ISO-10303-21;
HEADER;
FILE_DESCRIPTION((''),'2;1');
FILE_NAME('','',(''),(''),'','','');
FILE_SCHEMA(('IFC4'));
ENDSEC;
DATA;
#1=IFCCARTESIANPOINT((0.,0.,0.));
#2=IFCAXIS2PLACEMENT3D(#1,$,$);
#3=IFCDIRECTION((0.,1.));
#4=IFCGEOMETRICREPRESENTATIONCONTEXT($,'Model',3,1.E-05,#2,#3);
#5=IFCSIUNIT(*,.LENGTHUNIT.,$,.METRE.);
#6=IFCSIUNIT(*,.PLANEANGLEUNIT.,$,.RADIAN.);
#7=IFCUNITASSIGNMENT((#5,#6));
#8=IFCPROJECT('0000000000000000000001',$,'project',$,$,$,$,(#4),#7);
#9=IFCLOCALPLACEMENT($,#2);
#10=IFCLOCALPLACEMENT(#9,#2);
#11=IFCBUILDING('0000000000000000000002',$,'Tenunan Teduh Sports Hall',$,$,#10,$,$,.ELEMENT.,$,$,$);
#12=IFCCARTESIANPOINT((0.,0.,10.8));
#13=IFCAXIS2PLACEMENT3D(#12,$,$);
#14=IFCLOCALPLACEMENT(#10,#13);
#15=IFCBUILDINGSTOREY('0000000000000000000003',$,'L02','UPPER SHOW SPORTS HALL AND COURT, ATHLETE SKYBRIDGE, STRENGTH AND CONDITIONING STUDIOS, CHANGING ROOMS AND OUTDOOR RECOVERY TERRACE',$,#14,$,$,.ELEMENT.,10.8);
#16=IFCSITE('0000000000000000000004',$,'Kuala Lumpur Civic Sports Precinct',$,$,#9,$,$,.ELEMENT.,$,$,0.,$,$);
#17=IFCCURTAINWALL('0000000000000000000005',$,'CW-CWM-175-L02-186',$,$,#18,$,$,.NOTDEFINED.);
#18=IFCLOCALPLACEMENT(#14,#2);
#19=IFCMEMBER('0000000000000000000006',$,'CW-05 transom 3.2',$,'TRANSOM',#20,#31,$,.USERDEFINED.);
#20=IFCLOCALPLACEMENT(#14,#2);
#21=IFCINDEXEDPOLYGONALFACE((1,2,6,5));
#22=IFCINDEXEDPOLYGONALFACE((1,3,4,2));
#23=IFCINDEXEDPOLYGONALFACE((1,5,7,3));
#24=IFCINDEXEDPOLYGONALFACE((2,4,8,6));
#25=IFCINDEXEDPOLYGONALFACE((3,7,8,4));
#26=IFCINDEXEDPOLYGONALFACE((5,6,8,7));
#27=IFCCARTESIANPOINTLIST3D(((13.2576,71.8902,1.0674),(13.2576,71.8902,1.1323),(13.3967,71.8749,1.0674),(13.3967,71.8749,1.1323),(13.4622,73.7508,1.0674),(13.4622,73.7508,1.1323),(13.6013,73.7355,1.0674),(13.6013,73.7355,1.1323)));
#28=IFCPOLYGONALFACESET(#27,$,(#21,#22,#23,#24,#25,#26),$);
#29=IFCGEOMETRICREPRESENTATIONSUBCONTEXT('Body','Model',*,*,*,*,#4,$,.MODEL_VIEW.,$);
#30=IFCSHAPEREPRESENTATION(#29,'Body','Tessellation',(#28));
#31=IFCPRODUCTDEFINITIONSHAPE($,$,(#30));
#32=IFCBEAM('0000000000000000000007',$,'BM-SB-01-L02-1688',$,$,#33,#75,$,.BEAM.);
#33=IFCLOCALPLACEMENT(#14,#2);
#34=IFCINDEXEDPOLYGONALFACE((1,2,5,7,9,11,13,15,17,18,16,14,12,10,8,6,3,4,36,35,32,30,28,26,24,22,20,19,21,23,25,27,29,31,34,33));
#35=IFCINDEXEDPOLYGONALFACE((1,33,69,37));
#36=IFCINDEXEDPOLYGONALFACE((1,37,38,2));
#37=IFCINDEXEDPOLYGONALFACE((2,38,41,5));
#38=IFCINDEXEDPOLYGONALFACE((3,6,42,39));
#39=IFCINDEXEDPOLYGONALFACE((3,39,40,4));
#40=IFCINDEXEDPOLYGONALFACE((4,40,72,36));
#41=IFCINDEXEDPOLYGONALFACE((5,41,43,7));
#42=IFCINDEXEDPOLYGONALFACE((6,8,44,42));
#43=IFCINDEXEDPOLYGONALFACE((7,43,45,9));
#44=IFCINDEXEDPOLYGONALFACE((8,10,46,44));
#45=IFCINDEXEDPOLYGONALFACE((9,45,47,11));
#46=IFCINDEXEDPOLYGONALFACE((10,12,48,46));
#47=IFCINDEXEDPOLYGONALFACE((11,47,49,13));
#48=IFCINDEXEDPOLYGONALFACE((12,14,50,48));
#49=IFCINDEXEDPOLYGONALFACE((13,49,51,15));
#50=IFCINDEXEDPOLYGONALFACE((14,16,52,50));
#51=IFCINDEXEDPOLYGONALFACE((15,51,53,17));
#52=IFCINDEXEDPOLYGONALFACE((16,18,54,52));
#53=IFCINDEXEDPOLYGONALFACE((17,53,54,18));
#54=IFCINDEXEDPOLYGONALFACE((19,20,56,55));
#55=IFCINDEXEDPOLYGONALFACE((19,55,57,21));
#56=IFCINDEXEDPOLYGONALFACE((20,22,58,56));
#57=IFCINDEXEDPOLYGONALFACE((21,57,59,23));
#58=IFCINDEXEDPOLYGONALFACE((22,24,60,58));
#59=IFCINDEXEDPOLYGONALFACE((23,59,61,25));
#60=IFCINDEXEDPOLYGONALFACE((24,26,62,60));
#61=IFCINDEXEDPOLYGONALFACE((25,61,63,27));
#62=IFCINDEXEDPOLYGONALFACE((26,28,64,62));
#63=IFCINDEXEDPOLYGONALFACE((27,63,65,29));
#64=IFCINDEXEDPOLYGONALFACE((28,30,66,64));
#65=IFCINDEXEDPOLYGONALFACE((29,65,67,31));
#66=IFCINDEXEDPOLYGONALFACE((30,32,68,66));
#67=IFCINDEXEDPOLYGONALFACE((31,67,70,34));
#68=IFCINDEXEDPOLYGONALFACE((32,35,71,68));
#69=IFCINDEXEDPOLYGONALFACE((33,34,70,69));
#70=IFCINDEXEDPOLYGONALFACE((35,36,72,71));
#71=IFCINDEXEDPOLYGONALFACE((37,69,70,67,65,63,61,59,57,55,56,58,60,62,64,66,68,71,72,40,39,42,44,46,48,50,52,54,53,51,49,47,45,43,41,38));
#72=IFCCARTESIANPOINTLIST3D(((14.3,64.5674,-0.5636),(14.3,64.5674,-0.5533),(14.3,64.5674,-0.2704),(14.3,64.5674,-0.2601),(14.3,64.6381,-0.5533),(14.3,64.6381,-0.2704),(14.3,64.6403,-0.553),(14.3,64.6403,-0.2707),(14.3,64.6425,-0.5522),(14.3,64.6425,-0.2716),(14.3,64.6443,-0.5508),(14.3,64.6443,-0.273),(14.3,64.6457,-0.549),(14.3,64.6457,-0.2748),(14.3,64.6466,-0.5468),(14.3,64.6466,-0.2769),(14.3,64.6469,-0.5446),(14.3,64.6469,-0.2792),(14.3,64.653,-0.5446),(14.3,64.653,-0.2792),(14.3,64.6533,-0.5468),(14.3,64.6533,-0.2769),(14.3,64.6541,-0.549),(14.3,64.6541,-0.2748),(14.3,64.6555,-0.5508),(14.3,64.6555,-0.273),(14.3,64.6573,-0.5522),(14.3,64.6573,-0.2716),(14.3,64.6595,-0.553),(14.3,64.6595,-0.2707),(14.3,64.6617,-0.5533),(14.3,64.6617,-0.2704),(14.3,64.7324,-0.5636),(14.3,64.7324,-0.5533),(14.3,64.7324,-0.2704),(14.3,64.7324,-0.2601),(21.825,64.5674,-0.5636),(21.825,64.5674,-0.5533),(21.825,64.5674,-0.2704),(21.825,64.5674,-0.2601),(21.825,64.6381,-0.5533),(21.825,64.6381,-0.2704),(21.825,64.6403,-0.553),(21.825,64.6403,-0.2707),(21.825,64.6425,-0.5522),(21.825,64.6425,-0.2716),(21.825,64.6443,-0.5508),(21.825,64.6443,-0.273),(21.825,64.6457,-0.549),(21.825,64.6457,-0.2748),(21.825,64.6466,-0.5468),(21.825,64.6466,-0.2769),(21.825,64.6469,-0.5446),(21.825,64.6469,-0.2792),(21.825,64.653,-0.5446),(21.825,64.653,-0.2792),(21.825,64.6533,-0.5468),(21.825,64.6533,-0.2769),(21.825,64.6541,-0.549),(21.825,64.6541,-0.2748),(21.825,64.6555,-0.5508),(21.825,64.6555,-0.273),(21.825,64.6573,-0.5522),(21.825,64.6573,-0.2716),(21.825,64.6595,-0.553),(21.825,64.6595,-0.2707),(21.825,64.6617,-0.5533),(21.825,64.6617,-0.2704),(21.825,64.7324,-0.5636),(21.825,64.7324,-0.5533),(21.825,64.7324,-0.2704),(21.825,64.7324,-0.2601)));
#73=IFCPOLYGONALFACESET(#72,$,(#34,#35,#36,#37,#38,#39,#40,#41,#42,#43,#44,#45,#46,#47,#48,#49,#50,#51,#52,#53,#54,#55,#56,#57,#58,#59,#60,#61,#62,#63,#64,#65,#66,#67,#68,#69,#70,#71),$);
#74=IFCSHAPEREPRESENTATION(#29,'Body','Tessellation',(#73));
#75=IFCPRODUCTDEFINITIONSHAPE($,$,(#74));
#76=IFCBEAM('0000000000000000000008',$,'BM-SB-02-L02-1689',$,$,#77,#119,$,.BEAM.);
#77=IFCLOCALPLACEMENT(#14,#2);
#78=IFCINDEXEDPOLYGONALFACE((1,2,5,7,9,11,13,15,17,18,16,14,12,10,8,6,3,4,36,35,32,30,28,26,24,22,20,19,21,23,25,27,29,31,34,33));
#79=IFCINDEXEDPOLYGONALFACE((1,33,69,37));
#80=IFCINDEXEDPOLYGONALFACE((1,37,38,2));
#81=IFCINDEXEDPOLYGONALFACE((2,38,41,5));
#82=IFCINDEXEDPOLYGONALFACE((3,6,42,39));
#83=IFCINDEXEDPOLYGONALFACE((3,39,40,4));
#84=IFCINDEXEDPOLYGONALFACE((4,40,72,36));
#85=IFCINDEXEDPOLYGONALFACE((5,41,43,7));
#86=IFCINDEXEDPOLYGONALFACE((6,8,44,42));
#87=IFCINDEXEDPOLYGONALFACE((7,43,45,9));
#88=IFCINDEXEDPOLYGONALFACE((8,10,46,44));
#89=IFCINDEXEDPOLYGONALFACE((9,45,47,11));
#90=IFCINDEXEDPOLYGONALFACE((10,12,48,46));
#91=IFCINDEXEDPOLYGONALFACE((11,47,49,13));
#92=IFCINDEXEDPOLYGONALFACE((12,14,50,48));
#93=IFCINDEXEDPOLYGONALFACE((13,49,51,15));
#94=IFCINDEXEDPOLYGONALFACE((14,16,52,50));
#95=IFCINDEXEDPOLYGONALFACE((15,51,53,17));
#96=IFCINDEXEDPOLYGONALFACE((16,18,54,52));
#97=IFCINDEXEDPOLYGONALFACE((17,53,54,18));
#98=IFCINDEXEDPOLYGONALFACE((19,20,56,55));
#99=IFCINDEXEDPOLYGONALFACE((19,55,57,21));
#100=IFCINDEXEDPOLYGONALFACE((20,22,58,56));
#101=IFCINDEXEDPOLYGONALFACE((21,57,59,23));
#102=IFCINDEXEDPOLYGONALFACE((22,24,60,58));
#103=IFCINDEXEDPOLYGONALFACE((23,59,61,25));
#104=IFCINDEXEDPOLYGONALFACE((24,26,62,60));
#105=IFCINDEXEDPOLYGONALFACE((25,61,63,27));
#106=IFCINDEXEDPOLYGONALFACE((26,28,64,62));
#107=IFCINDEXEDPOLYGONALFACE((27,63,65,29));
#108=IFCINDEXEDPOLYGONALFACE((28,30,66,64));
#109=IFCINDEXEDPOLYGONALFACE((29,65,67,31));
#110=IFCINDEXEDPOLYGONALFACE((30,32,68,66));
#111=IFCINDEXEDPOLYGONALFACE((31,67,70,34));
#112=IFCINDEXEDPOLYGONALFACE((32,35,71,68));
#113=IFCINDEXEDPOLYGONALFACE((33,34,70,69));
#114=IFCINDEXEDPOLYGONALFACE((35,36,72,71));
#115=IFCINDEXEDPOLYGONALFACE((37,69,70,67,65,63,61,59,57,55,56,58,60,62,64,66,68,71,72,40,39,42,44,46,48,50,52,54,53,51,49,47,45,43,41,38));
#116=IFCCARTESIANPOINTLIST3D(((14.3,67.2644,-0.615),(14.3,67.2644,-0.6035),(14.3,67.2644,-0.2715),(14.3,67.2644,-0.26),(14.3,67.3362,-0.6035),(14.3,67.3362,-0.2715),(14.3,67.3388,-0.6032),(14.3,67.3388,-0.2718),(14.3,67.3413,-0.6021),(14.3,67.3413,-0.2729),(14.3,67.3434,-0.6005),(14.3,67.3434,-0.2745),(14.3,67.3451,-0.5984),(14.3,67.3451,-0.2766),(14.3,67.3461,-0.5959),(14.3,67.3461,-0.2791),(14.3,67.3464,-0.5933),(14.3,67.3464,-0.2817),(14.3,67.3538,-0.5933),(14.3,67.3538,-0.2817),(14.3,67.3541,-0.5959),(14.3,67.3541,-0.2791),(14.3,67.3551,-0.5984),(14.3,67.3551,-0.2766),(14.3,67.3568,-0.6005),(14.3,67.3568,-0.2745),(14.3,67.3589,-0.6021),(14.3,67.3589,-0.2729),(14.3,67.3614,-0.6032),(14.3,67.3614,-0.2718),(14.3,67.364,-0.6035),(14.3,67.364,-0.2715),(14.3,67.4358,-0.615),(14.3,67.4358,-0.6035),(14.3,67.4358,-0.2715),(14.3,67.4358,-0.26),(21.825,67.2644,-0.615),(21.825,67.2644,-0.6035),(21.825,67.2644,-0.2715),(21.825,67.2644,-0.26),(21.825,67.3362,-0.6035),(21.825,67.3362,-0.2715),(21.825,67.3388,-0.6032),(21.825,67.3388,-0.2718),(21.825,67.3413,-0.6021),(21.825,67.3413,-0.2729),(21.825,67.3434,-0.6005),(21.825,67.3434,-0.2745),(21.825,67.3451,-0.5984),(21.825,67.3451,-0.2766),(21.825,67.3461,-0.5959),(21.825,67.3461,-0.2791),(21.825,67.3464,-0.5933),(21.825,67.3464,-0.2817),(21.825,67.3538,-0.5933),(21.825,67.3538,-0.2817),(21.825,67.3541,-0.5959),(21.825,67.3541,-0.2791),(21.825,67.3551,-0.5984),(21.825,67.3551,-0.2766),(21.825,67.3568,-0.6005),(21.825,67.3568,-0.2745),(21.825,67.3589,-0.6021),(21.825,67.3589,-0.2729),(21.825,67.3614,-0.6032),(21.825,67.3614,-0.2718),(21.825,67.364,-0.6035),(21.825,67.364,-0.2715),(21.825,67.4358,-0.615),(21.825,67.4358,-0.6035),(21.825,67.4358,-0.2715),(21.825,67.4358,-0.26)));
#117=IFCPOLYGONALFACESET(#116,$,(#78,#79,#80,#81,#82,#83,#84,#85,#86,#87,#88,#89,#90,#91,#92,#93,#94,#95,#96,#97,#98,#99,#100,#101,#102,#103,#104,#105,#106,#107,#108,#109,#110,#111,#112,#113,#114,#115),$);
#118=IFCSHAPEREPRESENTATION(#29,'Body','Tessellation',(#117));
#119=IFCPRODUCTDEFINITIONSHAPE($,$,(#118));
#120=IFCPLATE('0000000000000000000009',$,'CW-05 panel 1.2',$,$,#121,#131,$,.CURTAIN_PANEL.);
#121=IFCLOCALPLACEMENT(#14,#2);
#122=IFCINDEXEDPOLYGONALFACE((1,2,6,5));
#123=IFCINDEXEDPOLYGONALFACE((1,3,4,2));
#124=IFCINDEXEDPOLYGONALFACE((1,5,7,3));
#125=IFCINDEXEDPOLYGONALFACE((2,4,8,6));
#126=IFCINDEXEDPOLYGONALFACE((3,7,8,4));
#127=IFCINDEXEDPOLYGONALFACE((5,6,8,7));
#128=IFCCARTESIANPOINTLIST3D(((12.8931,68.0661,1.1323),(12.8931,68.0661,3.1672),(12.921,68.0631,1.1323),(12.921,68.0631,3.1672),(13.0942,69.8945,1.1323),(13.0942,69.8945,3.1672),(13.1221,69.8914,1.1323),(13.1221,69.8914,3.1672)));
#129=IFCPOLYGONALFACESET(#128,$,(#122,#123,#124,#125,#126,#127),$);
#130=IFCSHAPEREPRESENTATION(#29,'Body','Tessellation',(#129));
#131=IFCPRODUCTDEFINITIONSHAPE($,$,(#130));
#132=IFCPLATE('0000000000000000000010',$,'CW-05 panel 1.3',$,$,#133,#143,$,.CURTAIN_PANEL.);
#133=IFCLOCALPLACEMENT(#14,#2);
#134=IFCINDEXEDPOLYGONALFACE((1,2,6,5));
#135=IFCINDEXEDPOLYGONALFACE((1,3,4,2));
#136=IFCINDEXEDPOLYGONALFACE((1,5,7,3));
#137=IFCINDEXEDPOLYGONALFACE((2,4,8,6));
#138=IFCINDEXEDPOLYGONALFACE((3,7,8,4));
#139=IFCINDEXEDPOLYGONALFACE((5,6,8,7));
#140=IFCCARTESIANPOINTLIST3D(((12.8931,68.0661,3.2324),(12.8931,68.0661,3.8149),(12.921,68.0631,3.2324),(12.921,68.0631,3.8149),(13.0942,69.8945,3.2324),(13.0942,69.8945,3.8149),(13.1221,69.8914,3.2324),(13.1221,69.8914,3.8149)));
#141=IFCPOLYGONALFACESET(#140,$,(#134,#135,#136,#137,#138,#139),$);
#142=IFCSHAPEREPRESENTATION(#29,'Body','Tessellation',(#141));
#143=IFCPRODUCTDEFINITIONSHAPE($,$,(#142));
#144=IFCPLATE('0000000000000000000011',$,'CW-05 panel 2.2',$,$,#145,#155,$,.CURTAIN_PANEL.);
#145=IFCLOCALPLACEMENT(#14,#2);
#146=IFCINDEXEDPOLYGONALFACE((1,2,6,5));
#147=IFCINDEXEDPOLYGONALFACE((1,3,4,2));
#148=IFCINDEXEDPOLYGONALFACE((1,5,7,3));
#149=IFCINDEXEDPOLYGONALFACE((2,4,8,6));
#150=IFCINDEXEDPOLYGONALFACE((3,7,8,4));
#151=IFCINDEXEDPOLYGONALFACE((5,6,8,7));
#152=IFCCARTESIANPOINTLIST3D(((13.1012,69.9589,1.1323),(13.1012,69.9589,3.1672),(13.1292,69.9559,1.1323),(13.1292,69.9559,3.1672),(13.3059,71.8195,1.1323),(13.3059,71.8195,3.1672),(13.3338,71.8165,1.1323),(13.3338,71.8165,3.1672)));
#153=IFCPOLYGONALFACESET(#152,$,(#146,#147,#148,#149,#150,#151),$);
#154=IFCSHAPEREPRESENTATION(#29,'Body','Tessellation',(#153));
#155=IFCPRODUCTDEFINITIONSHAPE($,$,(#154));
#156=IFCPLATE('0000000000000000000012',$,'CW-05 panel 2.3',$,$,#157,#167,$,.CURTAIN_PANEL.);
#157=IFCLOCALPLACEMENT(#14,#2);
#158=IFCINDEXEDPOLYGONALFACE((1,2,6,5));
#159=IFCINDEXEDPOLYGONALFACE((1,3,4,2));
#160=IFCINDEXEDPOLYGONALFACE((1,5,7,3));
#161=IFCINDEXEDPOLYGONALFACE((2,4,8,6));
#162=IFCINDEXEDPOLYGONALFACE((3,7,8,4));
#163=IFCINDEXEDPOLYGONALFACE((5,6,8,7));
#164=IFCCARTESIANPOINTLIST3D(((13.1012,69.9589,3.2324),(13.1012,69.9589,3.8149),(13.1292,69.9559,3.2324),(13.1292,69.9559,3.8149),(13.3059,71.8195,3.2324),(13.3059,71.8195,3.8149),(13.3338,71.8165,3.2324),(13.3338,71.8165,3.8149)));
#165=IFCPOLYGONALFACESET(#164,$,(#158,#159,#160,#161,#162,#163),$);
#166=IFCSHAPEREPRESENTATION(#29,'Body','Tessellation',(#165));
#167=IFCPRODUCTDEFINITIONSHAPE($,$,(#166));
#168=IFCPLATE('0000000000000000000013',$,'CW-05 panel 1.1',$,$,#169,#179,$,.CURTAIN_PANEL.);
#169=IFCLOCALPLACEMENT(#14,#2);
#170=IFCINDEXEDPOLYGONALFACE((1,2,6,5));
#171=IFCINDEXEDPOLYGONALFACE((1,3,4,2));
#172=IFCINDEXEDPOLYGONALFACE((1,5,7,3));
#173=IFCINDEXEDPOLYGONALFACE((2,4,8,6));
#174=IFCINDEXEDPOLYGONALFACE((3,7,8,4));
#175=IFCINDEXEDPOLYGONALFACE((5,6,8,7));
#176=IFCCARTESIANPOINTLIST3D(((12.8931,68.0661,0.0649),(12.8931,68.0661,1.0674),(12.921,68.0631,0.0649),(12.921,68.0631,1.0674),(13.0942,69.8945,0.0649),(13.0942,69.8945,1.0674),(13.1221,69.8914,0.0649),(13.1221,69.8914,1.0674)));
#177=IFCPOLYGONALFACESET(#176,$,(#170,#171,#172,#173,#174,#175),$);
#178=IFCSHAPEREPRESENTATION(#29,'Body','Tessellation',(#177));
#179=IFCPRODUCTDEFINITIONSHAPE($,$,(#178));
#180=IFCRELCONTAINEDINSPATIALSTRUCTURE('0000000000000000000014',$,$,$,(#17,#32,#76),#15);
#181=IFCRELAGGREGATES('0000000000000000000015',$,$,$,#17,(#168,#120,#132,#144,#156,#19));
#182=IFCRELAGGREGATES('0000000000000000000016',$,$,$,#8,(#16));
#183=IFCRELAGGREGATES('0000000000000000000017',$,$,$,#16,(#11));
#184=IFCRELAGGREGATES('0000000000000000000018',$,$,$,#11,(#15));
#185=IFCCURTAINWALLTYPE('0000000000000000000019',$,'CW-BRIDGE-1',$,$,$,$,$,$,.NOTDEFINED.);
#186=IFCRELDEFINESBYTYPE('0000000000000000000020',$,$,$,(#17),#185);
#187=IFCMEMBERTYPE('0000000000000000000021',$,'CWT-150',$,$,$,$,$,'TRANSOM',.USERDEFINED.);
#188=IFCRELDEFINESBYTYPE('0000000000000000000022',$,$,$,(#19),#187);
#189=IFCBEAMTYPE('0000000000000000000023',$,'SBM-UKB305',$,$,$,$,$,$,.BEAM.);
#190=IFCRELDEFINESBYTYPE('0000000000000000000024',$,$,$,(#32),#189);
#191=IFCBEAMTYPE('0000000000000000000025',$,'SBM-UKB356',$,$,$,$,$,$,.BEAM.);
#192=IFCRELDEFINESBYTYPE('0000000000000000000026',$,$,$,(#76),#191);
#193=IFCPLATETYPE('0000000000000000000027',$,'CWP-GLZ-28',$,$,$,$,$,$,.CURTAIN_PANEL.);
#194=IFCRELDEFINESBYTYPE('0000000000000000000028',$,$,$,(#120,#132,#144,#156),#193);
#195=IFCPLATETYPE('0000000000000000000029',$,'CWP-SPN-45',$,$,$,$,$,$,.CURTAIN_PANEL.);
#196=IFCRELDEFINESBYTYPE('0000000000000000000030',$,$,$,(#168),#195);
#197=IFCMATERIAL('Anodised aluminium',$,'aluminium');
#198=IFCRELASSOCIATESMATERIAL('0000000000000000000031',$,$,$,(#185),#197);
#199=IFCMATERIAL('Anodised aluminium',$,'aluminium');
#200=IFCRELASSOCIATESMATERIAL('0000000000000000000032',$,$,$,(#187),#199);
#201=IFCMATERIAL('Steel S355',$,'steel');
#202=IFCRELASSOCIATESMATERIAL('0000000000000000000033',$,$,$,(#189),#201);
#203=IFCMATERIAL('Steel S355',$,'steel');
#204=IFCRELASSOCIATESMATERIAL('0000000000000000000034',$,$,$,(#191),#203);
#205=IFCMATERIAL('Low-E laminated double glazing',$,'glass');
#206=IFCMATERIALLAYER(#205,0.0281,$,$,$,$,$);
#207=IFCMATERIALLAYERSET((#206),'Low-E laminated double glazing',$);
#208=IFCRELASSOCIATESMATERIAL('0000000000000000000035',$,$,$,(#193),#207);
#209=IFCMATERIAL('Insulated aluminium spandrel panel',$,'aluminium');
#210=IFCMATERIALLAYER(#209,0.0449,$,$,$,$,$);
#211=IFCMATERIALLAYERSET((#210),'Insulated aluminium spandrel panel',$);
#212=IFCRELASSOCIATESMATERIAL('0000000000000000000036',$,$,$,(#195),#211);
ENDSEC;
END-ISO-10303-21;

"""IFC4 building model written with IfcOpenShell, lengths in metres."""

from ifc_helpers import new_model, si_unit, direction, frame, origin, origin_2d, place, context, subcontext, project, spatial, rectangle, i_section, extrude, material, layer, layer_set, material_profile, profile_set, type_object, element, aggregate, save


model = new_model("IFC4")

# Units and contexts
model_context = context("Model", 3, precision=1e-05, world=origin(), true_north=direction((0.0, 1.0)))
body_context = subcontext(model_context, "Body", "Model", "MODEL_VIEW")
ifc_project = project(units=[si_unit("LENGTHUNIT", "METRE"), si_unit("PLANEANGLEUNIT", "RADIAN")], contexts=[model_context])

# Site, building, storey
site_placement = place(None, origin())
site = spatial("IfcSite", under=ifc_project, at=site_placement, Name="Kuala Lumpur Civic Sports Precinct", CompositionType="ELEMENT", RefElevation=0.0)
building_placement = place(site_placement, origin())
building = spatial("IfcBuilding", under=site, at=building_placement, Name="Tenunan Teduh Sports Hall", CompositionType="ELEMENT")
storey_placement = place(building_placement, frame((0.0, 0.0, 10.8)))
storey = spatial("IfcBuildingStorey", under=building, at=storey_placement, Name="L02", Description="UPPER SHOW SPORTS HALL AND COURT, ATHLETE SKYBRIDGE, STRENGTH AND CONDITIONING STUDIOS, CHANGING ROOMS AND OUTDOOR RECOVERY TERRACE", CompositionType="ELEMENT", Elevation=10.8)

# Curtain wall, member
ifc_material_1 = material(Name="Anodised aluminium", Category="aluminium")
curtain_wall_type = type_object("IfcCurtainWallType", Name="CW-BRIDGE-1", PredefinedType="NOTDEFINED", material=ifc_material_1)
curtain_wall_placement = place(storey_placement, origin())
curtain_wall = element("IfcCurtainWall", 1, at=curtain_wall_placement, inside=storey, type_object=curtain_wall_type, Name="CW-CWM-175-L02-186", PredefinedType="NOTDEFINED")
ifc_material_2 = material(Name="Anodised aluminium", Category="aluminium")
ifc_material_profile_1 = material_profile(ifc_material_2, rectangle(XDim=0.0649, YDim=0.1399, at=origin_2d()), Name="CWT 65x140")
ifc_profile_set_1 = profile_set([ifc_material_profile_1], Name="Anodised aluminium")
member_type_1 = type_object("IfcMemberType", Name="CWT-150", ElementType="TRANSOM", PredefinedType="USERDEFINED", material=ifc_profile_set_1)
member_1_placement = place(storey_placement, frame((13.3271, 71.8826, 1.0999), z_axis=(0.109301, 0.994009, 0.0), x_axis=(0.0, 0.0, 1.0)))
member_1 = element("IfcMember", 2, at=member_1_placement, type_object=member_type_1, Name="CW-05 transom 3.2", ObjectType="TRANSOM", PredefinedType="USERDEFINED", context=body_context, shape_type="SweptSolid", body=[
    extrude(rectangle(XDim=0.0649, YDim=0.1399, at=origin_2d()), origin(), (0.0, 0.0, 1.0), 1.8718),
])

# Beams
ifc_material_3 = material(Name="Steel S355", Category="steel")
ifc_material_profile_2 = material_profile(ifc_material_3, i_section(OverallWidth=0.165, OverallDepth=0.3035, WebThickness=0.0061, FlangeThickness=0.0103, FilletRadius=0.0088, at=origin_2d()), Name="UKB 305x165x40")
ifc_profile_set_2 = profile_set([ifc_material_profile_2], Name="Steel S355")
beam_type_1 = type_object("IfcBeamType", Name="SBM-UKB305", PredefinedType="BEAM", material=ifc_profile_set_2)
beam_1_placement = place(storey_placement, frame((14.3, 64.6499, -0.4119), z_axis=(1.0, 0.0, 0.0), x_axis=(0.0, 1.0, 0.0)))
element("IfcBeam", 3, at=beam_1_placement, inside=storey, type_object=beam_type_1, Name="BM-SB-01-L02-1688", PredefinedType="BEAM", context=body_context, shape_type="SweptSolid", body=[
    extrude(i_section(OverallWidth=0.165, OverallDepth=0.3035, WebThickness=0.0061, FlangeThickness=0.0103, FilletRadius=0.0088, at=origin_2d()), origin(), (0.0, 0.0, 1.0), 7.5249),
])
ifc_material_4 = material(Name="Steel S355", Category="steel")
ifc_material_profile_3 = material_profile(ifc_material_4, i_section(OverallWidth=0.1714, OverallDepth=0.355, WebThickness=0.0073, FlangeThickness=0.0115, FilletRadius=0.0103, at=origin_2d()), Name="UKB 356x171x51")
ifc_profile_set_3 = profile_set([ifc_material_profile_3], Name="Steel S355")
beam_type_2 = type_object("IfcBeamType", Name="SBM-UKB356", PredefinedType="BEAM", material=ifc_profile_set_3)
beam_2_placement = place(storey_placement, frame((14.3, 67.3501, -0.4375), z_axis=(1.0, 0.0, 0.0), x_axis=(0.0, 1.0, 0.0)))
element("IfcBeam", 4, at=beam_2_placement, inside=storey, type_object=beam_type_2, Name="BM-SB-02-L02-1689", PredefinedType="BEAM", context=body_context, shape_type="SweptSolid", body=[
    extrude(i_section(OverallWidth=0.1714, OverallDepth=0.355, WebThickness=0.0073, FlangeThickness=0.0115, FilletRadius=0.0103, at=origin_2d()), origin(), (0.0, 0.0, 1.0), 7.5249),
])

# Plates
ifc_material_5 = material(Name="Low-E laminated double glazing", Category="glass")
ifc_layer_1 = layer(ifc_material_5, 0.0281)
ifc_layer_set_1 = layer_set([ifc_layer_1], Name="Low-E laminated double glazing")
plate_type_1 = type_object("IfcPlateType", Name="CWP-GLZ-28", PredefinedType="CURTAIN_PANEL", material=ifc_layer_set_1)
plate_1_placement = place(storey_placement, frame((13.0076, 68.9788, 1.1323), z_axis=(0.0, 0.0, 1.0), x_axis=(0.109338, 0.994005, 0.0)))
plate_1 = element("IfcPlate", 5, at=plate_1_placement, type_object=plate_type_1, Name="CW-05 panel 1.2", PredefinedType="CURTAIN_PANEL", context=body_context, shape_type="SweptSolid", body=[
    extrude(rectangle(XDim=1.8394, YDim=0.0281, at=origin_2d()), origin(), (0.0, 0.0, 1.0), 2.0349),
])
plate_2_placement = place(storey_placement, frame((13.0076, 68.9788, 3.2324), z_axis=(0.0, 0.0, 1.0), x_axis=(0.109338, 0.994005, 0.0)))
plate_2 = element("IfcPlate", 6, at=plate_2_placement, type_object=plate_type_1, Name="CW-05 panel 1.3", PredefinedType="CURTAIN_PANEL", context=body_context, shape_type="SweptSolid", body=[
    extrude(rectangle(XDim=1.8394, YDim=0.0281, at=origin_2d()), origin(), (0.0, 0.0, 1.0), 0.5825),
])
plate_3_placement = place(storey_placement, frame((13.2175, 70.8877, 1.1323), z_axis=(0.0, 0.0, 1.0), x_axis=(0.109338, 0.994005, 0.0)))
plate_3 = element("IfcPlate", 7, at=plate_3_placement, type_object=plate_type_1, Name="CW-05 panel 2.2", PredefinedType="CURTAIN_PANEL", context=body_context, shape_type="SweptSolid", body=[
    extrude(rectangle(XDim=1.8718, YDim=0.0281, at=origin_2d()), origin(), (0.0, 0.0, 1.0), 2.0349),
])
plate_4_placement = place(storey_placement, frame((13.2175, 70.8877, 3.2324), z_axis=(0.0, 0.0, 1.0), x_axis=(0.109338, 0.994005, 0.0)))
plate_4 = element("IfcPlate", 8, at=plate_4_placement, type_object=plate_type_1, Name="CW-05 panel 2.3", PredefinedType="CURTAIN_PANEL", context=body_context, shape_type="SweptSolid", body=[
    extrude(rectangle(XDim=1.8718, YDim=0.0281, at=origin_2d()), origin(), (0.0, 0.0, 1.0), 0.5825),
])
ifc_material_6 = material(Name="Insulated aluminium spandrel panel", Category="aluminium")
ifc_layer_2 = layer(ifc_material_6, 0.0449)
ifc_layer_set_2 = layer_set([ifc_layer_2], Name="Insulated aluminium spandrel panel")
plate_type_2 = type_object("IfcPlateType", Name="CWP-SPN-45", PredefinedType="CURTAIN_PANEL", material=ifc_layer_set_2)
plate_5_placement = place(storey_placement, frame((13.0076, 68.9788, 0.0649), z_axis=(0.0, 0.0, 1.0), x_axis=(0.109338, 0.994005, 0.0)))
plate_5 = element("IfcPlate", 9, at=plate_5_placement, type_object=plate_type_2, Name="CW-05 panel 1.1", PredefinedType="CURTAIN_PANEL", context=body_context, shape_type="SweptSolid", body=[
    extrude(rectangle(XDim=1.8394, YDim=0.0281, at=origin_2d()), origin(), (0.0, 0.0, 1.0), 1.0024),
])
aggregate(curtain_wall, [plate_5, plate_1, plate_2, plate_3, plate_4, member_1])

save(model, "model.ifc")
